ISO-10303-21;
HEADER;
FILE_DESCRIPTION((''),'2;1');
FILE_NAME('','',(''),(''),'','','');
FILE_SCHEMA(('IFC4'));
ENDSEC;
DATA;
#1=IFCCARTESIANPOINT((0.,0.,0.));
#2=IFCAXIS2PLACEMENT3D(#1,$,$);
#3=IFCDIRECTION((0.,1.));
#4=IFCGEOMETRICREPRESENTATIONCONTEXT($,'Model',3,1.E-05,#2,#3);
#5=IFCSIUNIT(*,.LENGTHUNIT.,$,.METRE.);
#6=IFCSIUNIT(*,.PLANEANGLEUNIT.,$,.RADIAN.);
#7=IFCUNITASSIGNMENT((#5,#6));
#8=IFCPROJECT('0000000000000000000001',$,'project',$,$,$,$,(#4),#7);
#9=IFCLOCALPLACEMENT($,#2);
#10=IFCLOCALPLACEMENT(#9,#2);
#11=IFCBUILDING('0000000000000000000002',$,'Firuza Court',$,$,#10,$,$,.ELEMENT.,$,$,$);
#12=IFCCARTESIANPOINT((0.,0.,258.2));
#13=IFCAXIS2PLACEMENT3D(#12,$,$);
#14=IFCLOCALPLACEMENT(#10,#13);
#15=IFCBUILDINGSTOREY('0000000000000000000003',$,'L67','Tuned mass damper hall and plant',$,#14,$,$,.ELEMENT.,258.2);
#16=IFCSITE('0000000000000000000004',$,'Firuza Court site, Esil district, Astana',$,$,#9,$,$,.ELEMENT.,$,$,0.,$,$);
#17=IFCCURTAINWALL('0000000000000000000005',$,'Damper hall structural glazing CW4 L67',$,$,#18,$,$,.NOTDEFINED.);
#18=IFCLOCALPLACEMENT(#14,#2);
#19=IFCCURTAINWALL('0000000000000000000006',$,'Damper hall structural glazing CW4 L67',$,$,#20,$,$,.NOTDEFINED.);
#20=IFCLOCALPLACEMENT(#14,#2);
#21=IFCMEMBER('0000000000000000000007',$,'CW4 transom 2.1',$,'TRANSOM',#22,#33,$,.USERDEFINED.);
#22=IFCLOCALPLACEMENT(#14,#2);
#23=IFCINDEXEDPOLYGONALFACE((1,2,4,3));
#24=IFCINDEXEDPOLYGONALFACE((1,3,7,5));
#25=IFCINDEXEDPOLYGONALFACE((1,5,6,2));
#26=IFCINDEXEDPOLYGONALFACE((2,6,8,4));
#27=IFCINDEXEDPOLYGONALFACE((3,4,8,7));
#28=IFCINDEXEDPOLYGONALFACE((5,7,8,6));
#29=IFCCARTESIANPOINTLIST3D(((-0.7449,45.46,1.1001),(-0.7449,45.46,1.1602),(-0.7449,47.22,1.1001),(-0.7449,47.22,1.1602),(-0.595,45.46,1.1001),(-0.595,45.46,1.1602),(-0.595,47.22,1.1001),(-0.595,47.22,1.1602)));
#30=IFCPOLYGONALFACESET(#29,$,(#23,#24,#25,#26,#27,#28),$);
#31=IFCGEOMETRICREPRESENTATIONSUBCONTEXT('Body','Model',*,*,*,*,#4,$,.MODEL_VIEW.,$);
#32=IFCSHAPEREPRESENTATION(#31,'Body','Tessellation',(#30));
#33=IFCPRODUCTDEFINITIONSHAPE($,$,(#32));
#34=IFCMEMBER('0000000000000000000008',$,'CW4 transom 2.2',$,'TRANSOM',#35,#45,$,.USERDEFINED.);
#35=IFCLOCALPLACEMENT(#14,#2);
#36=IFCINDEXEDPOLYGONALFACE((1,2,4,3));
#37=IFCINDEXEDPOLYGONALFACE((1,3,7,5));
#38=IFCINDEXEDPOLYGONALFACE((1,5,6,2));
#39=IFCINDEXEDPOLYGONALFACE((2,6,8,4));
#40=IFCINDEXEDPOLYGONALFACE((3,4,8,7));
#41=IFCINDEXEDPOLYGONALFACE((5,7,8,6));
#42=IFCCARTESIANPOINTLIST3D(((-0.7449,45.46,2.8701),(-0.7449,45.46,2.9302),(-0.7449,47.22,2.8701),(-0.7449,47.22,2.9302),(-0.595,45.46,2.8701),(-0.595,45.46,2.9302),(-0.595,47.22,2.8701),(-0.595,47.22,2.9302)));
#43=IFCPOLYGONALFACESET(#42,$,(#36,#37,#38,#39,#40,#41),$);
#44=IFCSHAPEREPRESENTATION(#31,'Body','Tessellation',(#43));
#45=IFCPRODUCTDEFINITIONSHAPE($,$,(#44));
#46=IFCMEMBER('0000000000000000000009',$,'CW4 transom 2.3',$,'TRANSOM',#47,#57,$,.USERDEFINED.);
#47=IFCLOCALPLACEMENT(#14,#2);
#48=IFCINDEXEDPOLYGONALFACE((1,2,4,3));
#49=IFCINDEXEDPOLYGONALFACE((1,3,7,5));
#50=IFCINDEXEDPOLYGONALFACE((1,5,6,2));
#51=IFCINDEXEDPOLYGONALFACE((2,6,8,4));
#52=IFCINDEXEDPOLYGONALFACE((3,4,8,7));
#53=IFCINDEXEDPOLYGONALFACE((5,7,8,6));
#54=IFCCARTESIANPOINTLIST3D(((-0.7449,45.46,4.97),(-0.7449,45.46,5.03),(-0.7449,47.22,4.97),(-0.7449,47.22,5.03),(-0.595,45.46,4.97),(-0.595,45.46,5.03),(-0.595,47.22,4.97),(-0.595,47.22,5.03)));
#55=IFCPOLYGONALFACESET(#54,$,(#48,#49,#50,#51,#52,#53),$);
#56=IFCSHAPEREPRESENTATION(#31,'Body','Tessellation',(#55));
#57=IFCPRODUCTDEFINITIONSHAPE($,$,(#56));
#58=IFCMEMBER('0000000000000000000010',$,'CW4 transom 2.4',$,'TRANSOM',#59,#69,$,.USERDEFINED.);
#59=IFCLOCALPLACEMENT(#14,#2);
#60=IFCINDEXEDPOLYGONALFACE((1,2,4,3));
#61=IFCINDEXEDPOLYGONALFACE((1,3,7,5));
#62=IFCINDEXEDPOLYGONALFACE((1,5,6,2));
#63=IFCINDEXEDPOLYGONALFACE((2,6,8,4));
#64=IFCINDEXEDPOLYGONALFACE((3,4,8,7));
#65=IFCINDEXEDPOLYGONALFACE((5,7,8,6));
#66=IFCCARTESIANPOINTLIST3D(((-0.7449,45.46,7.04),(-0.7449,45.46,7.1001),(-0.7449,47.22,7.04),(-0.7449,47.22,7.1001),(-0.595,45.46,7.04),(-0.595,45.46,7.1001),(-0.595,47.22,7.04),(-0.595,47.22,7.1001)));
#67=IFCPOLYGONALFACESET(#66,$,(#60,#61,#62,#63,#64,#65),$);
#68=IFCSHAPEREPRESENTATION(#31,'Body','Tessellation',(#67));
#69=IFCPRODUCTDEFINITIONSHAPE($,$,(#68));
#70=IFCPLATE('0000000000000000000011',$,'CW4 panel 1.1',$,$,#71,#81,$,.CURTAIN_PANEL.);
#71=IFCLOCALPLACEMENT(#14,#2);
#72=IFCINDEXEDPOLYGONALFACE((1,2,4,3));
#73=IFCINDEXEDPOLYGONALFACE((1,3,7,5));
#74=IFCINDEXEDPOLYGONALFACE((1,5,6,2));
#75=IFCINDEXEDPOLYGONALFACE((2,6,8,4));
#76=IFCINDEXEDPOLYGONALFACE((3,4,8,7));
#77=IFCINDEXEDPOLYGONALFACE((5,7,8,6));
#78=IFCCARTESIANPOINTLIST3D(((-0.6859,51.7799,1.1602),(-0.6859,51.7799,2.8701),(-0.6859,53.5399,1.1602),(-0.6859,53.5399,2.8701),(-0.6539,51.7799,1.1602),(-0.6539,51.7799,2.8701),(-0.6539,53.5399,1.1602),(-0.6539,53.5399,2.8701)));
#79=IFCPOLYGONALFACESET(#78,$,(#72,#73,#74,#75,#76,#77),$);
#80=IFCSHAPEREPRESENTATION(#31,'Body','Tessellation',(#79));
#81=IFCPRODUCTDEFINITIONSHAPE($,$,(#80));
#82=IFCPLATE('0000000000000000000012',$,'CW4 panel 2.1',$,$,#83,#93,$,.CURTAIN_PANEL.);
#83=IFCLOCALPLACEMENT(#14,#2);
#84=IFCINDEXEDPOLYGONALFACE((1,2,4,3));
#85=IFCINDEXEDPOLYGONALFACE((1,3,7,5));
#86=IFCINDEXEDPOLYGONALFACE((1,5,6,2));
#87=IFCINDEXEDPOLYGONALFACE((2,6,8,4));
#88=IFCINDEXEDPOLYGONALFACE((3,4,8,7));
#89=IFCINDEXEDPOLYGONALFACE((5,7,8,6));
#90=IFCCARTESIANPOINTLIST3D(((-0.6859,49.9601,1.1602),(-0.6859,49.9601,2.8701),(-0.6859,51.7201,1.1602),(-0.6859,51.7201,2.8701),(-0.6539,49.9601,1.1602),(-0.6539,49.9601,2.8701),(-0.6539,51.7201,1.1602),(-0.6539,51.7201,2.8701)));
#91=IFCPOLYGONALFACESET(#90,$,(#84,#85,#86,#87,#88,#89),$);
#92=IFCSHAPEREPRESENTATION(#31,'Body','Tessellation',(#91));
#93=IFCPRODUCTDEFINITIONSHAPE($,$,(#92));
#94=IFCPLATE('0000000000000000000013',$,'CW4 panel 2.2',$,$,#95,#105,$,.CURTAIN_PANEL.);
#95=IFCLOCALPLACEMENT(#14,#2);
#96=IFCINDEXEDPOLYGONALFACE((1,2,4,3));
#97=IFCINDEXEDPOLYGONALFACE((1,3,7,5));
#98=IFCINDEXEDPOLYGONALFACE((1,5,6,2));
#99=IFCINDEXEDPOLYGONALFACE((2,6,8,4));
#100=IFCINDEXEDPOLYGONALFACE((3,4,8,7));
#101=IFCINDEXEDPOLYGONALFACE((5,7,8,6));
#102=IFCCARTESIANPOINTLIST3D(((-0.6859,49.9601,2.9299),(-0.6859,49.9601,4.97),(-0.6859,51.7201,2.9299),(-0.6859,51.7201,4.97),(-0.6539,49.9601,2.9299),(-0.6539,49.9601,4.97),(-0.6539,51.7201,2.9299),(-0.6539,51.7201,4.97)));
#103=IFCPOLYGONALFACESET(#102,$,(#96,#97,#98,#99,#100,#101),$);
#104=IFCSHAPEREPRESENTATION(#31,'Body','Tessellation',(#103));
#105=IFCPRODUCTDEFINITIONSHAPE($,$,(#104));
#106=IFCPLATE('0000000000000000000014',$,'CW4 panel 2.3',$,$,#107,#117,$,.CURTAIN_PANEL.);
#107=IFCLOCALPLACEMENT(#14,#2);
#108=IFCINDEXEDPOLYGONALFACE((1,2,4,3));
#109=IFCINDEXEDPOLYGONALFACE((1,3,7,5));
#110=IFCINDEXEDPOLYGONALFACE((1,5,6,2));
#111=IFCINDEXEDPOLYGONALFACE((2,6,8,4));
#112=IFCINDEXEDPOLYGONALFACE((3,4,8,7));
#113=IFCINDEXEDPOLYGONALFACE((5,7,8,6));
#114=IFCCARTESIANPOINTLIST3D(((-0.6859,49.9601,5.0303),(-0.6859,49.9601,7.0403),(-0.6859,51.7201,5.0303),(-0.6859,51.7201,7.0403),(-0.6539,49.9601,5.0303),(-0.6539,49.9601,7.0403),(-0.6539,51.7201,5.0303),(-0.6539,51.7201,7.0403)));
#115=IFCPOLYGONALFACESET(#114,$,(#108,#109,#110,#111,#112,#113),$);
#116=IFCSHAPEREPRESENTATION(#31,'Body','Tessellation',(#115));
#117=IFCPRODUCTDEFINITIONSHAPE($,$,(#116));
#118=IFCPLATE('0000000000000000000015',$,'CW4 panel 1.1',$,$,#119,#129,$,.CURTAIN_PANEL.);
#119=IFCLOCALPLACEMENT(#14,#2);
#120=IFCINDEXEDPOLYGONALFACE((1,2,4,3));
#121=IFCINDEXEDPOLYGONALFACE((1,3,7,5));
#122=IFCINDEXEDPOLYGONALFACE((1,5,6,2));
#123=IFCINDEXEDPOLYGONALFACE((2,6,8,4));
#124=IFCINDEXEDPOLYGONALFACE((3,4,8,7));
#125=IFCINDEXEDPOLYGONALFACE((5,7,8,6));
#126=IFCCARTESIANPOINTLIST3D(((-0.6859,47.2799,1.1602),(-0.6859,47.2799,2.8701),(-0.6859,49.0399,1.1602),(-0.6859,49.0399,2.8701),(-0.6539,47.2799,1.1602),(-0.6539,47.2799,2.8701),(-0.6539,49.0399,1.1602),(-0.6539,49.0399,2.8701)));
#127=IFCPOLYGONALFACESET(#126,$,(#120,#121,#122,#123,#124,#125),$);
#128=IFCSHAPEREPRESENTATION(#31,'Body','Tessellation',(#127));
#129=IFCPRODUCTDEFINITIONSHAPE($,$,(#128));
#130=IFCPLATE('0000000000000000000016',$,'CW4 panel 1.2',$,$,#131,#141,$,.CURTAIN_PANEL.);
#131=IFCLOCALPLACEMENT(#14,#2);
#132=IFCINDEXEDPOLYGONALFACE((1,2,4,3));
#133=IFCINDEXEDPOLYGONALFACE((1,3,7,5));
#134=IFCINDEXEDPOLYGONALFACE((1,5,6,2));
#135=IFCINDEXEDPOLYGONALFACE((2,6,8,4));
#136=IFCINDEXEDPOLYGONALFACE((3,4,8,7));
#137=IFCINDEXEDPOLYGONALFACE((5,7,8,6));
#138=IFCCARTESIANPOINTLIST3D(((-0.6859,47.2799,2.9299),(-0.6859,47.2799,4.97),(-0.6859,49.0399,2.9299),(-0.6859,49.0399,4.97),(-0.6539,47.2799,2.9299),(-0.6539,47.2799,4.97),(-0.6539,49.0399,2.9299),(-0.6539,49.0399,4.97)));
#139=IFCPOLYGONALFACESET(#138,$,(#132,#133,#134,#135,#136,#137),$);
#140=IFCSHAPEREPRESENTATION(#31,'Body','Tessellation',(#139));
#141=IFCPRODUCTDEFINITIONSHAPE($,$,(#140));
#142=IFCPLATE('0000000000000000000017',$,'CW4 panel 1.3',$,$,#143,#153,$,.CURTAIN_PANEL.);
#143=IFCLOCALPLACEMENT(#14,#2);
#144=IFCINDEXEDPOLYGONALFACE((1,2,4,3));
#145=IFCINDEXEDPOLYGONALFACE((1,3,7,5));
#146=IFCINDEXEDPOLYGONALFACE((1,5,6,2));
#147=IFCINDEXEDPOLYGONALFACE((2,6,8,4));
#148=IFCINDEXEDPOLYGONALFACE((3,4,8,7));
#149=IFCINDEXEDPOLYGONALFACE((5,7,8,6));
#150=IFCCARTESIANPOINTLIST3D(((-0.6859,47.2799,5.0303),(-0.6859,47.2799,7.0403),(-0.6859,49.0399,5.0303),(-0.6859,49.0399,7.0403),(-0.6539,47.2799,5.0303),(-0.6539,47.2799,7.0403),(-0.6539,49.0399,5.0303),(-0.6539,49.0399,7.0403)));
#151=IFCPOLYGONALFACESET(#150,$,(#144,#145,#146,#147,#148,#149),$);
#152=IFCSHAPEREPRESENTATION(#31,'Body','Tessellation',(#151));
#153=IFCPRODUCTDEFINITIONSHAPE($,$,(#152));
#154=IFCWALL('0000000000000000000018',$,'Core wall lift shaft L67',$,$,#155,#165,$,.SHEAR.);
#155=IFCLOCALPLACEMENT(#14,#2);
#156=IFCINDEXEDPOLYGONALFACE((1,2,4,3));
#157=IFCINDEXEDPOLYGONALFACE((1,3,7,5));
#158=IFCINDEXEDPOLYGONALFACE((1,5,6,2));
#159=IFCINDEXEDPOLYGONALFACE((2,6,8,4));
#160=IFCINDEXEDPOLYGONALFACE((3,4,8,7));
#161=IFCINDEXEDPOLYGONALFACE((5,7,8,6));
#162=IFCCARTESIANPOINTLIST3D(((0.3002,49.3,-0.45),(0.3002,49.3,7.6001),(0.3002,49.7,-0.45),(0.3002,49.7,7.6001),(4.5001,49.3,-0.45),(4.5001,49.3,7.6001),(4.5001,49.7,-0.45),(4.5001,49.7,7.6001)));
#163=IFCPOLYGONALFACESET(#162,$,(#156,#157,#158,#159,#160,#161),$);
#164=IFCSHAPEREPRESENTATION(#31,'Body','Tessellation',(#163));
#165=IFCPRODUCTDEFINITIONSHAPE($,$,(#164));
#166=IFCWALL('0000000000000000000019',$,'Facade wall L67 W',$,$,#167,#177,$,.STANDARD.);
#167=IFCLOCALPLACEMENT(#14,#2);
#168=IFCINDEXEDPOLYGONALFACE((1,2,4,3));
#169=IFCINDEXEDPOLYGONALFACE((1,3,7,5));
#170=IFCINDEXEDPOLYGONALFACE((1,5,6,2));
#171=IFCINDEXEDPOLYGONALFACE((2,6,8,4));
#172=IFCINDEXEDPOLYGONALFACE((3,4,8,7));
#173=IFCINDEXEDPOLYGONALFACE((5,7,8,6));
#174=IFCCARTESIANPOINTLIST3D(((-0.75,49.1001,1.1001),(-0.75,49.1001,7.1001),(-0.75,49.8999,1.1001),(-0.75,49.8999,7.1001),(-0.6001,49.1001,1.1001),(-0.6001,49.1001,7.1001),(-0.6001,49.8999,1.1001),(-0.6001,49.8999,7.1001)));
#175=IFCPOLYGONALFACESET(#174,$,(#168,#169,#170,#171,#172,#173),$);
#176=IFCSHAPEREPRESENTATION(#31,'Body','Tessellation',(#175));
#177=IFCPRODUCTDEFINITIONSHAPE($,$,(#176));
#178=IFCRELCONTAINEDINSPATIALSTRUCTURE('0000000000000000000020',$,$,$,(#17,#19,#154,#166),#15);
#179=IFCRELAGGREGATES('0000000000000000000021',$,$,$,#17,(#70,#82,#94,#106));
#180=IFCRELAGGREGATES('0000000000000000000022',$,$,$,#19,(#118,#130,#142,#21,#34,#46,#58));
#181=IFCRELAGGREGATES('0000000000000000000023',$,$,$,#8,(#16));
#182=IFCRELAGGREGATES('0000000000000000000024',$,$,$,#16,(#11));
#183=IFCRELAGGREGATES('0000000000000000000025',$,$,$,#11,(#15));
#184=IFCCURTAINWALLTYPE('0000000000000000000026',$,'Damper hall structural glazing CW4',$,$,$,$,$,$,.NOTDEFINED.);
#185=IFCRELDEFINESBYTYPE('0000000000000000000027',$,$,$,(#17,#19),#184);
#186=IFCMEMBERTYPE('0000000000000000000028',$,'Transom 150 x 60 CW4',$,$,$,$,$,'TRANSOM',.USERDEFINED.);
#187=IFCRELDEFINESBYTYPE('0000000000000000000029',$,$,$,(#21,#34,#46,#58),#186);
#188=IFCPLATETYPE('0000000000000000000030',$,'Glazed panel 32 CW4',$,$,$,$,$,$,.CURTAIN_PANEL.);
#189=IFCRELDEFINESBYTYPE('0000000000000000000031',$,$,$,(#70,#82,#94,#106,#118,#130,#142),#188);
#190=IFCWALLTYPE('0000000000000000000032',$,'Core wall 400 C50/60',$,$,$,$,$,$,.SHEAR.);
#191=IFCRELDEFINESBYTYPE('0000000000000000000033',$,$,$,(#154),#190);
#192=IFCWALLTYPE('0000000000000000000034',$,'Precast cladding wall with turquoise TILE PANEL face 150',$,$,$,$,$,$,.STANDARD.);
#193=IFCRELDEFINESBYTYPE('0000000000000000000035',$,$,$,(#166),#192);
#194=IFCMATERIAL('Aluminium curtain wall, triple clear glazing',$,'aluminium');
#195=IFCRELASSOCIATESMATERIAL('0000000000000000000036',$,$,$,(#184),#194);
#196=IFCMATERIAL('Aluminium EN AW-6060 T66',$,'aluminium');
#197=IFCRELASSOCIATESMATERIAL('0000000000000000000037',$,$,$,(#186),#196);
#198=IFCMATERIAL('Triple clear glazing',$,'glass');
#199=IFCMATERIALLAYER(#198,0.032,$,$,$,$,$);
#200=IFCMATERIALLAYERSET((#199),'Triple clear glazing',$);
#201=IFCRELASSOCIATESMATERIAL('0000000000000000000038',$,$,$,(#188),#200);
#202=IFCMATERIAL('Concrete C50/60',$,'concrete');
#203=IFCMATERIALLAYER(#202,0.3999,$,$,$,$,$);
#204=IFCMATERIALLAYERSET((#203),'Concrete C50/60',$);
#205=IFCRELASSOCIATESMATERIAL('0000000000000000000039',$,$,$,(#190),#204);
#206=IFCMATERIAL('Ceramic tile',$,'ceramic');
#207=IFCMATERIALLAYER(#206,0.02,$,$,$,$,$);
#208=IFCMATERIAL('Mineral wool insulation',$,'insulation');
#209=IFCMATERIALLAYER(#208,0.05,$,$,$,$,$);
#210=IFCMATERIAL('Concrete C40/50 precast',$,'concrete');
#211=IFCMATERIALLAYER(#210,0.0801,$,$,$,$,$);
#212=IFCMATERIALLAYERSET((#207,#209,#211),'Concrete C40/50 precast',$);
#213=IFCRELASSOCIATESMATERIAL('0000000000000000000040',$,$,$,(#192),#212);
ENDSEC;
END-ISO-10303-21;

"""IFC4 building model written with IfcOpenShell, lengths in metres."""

from ifc_helpers import new_model, si_unit, direction, frame, frame_2d, origin, origin_2d, place, context, subcontext, project, spatial, rectangle, extrude, material, layer, layer_set, material_profile, profile_set, type_object, element, aggregate, save


model = new_model("IFC4")

# Units and contexts
model_context = context("Model", 3, precision=1e-05, world=origin(), true_north=direction((0.0, 1.0)))
body_context = subcontext(model_context, "Body", "Model", "MODEL_VIEW")
ifc_project = project(units=[si_unit("LENGTHUNIT", "METRE"), si_unit("PLANEANGLEUNIT", "RADIAN")], contexts=[model_context])

# Site, building, storey
site_placement = place(None, origin())
site = spatial("IfcSite", under=ifc_project, at=site_placement, Name="Firuza Court site, Esil district, Astana", CompositionType="ELEMENT", RefElevation=0.0)
building_placement = place(site_placement, origin())
building = spatial("IfcBuilding", under=site, at=building_placement, Name="Firuza Court", CompositionType="ELEMENT")
storey_placement = place(building_placement, frame((0.0, 0.0, 258.2)))
storey = spatial("IfcBuildingStorey", under=building, at=storey_placement, Name="L67", Description="Tuned mass damper hall and plant", CompositionType="ELEMENT", Elevation=258.2)

# Curtain walls
ifc_material_1 = material(Name="Aluminium curtain wall, triple clear glazing", Category="aluminium")
curtain_wall_type = type_object("IfcCurtainWallType", Name="Damper hall structural glazing CW4", PredefinedType="NOTDEFINED", material=ifc_material_1)
curtain_wall_1_placement = place(storey_placement, origin())
curtain_wall_1 = element("IfcCurtainWall", 1, at=curtain_wall_1_placement, inside=storey, type_object=curtain_wall_type, Name="Damper hall structural glazing CW4 L67", PredefinedType="NOTDEFINED")
curtain_wall_2_placement = place(storey_placement, origin())
curtain_wall_2 = element("IfcCurtainWall", 2, at=curtain_wall_2_placement, inside=storey, type_object=curtain_wall_type, Name="Damper hall structural glazing CW4 L67", PredefinedType="NOTDEFINED")

# Members
ifc_material_2 = material(Name="Aluminium EN AW-6060 T66", Category="aluminium")
ifc_material_profile_1 = material_profile(ifc_material_2, rectangle(XDim=0.1499, YDim=0.0601, at=origin_2d()), Name="Transom 150 x 60 CW4")
ifc_profile_set_1 = profile_set([ifc_material_profile_1], Name="Aluminium EN AW-6060 T66")
member_type_1 = type_object("IfcMemberType", Name="Transom 150 x 60 CW4", ElementType="TRANSOM", PredefinedType="USERDEFINED", material=ifc_profile_set_1)
member_1_placement = place(storey_placement, frame((-0.6699, 47.22, 1.1301), z_axis=(0.0, -1.0, 0.0), x_axis=(1.0, 0.0, 0.0)))
member_1 = element("IfcMember", 3, at=member_1_placement, type_object=member_type_1, Name="CW4 transom 2.1", ObjectType="TRANSOM", PredefinedType="USERDEFINED", context=body_context, shape_type="SweptSolid", body=[
    extrude(rectangle(XDim=0.1499, YDim=0.0601, at=origin_2d()), origin(), (0.0, 0.0, 1.0), 1.76),
])
member_2_placement = place(storey_placement, frame((-0.6699, 47.22, 2.9001), z_axis=(0.0, -1.0, 0.0), x_axis=(1.0, 0.0, 0.0)))
member_2 = element("IfcMember", 4, at=member_2_placement, type_object=member_type_1, Name="CW4 transom 2.2", ObjectType="TRANSOM", PredefinedType="USERDEFINED", context=body_context, shape_type="SweptSolid", body=[
    extrude(rectangle(XDim=0.1499, YDim=0.0601, at=origin_2d()), origin(), (0.0, 0.0, 1.0), 1.76),
])
member_3_placement = place(storey_placement, frame((-0.6699, 47.22, 5.0), z_axis=(0.0, -1.0, 0.0), x_axis=(1.0, 0.0, 0.0)))
member_3 = element("IfcMember", 5, at=member_3_placement, type_object=member_type_1, Name="CW4 transom 2.3", ObjectType="TRANSOM", PredefinedType="USERDEFINED", context=body_context, shape_type="SweptSolid", body=[
    extrude(rectangle(XDim=0.1499, YDim=0.0601, at=origin_2d()), origin(), (0.0, 0.0, 1.0), 1.76),
])
member_4_placement = place(storey_placement, frame((-0.6699, 47.22, 7.0701), z_axis=(0.0, -1.0, 0.0), x_axis=(1.0, 0.0, 0.0)))
member_4 = element("IfcMember", 6, at=member_4_placement, type_object=member_type_1, Name="CW4 transom 2.4", ObjectType="TRANSOM", PredefinedType="USERDEFINED", context=body_context, shape_type="SweptSolid", body=[
    extrude(rectangle(XDim=0.1499, YDim=0.0601, at=origin_2d()), origin(), (0.0, 0.0, 1.0), 1.76),
])

# Plates
ifc_material_3 = material(Name="Triple clear glazing", Category="glass")
ifc_layer_1 = layer(ifc_material_3, 0.032)
ifc_layer_set_1 = layer_set([ifc_layer_1], Name="Triple clear glazing")
plate_type = type_object("IfcPlateType", Name="Glazed panel 32 CW4", PredefinedType="CURTAIN_PANEL", material=ifc_layer_set_1)
plate_1_placement = place(storey_placement, frame((-0.6699, 52.6599, 1.1602), z_axis=(0.0, 0.0, 1.0), x_axis=(0.0, -1.0, 0.0)))
plate_1 = element("IfcPlate", 7, at=plate_1_placement, type_object=plate_type, Name="CW4 panel 1.1", PredefinedType="CURTAIN_PANEL", context=body_context, shape_type="SweptSolid", body=[
    extrude(rectangle(XDim=1.76, YDim=0.032, at=origin_2d()), origin(), (0.0, 0.0, 1.0), 1.71),
])
plate_2_placement = place(storey_placement, frame((-0.6699, 50.8401, 1.1602), z_axis=(0.0, 0.0, 1.0), x_axis=(0.0, -1.0, 0.0)))
plate_2 = element("IfcPlate", 8, at=plate_2_placement, type_object=plate_type, Name="CW4 panel 2.1", PredefinedType="CURTAIN_PANEL", context=body_context, shape_type="SweptSolid", body=[
    extrude(rectangle(XDim=1.76, YDim=0.032, at=origin_2d()), origin(), (0.0, 0.0, 1.0), 1.71),
])
plate_3_placement = place(storey_placement, frame((-0.6699, 50.8401, 2.9299), z_axis=(0.0, 0.0, 1.0), x_axis=(0.0, -1.0, 0.0)))
plate_3 = element("IfcPlate", 9, at=plate_3_placement, type_object=plate_type, Name="CW4 panel 2.2", PredefinedType="CURTAIN_PANEL", context=body_context, shape_type="SweptSolid", body=[
    extrude(rectangle(XDim=1.76, YDim=0.032, at=origin_2d()), origin(), (0.0, 0.0, 1.0), 2.04),
])
plate_4_placement = place(storey_placement, frame((-0.6699, 50.8401, 5.0303), z_axis=(0.0, 0.0, 1.0), x_axis=(0.0, -1.0, 0.0)))
plate_4 = element("IfcPlate", 10, at=plate_4_placement, type_object=plate_type, Name="CW4 panel 2.3", PredefinedType="CURTAIN_PANEL", context=body_context, shape_type="SweptSolid", body=[
    extrude(rectangle(XDim=1.76, YDim=0.032, at=origin_2d()), origin(), (0.0, 0.0, 1.0), 2.01),
])
aggregate(curtain_wall_1, [plate_1, plate_2, plate_3, plate_4])
plate_5_placement = place(storey_placement, frame((-0.6699, 48.1599, 1.1602), z_axis=(0.0, 0.0, 1.0), x_axis=(0.0, -1.0, 0.0)))
plate_5 = element("IfcPlate", 11, at=plate_5_placement, type_object=plate_type, Name="CW4 panel 1.1", PredefinedType="CURTAIN_PANEL", context=body_context, shape_type="SweptSolid", body=[
    extrude(rectangle(XDim=1.76, YDim=0.032, at=origin_2d()), origin(), (0.0, 0.0, 1.0), 1.71),
])
plate_6_placement = place(storey_placement, frame((-0.6699, 48.1599, 2.9299), z_axis=(0.0, 0.0, 1.0), x_axis=(0.0, -1.0, 0.0)))
plate_6 = element("IfcPlate", 12, at=plate_6_placement, type_object=plate_type, Name="CW4 panel 1.2", PredefinedType="CURTAIN_PANEL", context=body_context, shape_type="SweptSolid", body=[
    extrude(rectangle(XDim=1.76, YDim=0.032, at=origin_2d()), origin(), (0.0, 0.0, 1.0), 2.04),
])
plate_7_placement = place(storey_placement, frame((-0.6699, 48.1599, 5.0303), z_axis=(0.0, 0.0, 1.0), x_axis=(0.0, -1.0, 0.0)))
plate_7 = element("IfcPlate", 13, at=plate_7_placement, type_object=plate_type, Name="CW4 panel 1.3", PredefinedType="CURTAIN_PANEL", context=body_context, shape_type="SweptSolid", body=[
    extrude(rectangle(XDim=1.76, YDim=0.032, at=origin_2d()), origin(), (0.0, 0.0, 1.0), 2.01),
])
aggregate(curtain_wall_2, [plate_5, plate_6, plate_7, member_1, member_2, member_3, member_4])

# Walls
ifc_material_4 = material(Name="Concrete C50/60", Category="concrete")
ifc_layer_2 = layer(ifc_material_4, 0.3999)
ifc_layer_set_2 = layer_set([ifc_layer_2], Name="Concrete C50/60")
wall_type_1 = type_object("IfcWallType", Name="Core wall 400 C50/60", PredefinedType="SHEAR", material=ifc_layer_set_2)
wall_1_placement = place(storey_placement, frame((0.3, 49.5, -0.45), z_axis=(0.0, 0.0, 1.0), x_axis=(1.0, 0.0, 0.0)))
element("IfcWall", 14, at=wall_1_placement, inside=storey, type_object=wall_type_1, Name="Core wall lift shaft L67", PredefinedType="SHEAR", context=body_context, shape_type="SweptSolid", body=[
    extrude(rectangle(XDim=4.2, YDim=0.3999, at=frame_2d((2.1001, 0.0))), origin(), (0.0, 0.0, 1.0), 8.05),
])
ifc_material_5 = material(Name="Ceramic tile", Category="ceramic")
ifc_layer_3 = layer(ifc_material_5, 0.02)
ifc_material_6 = material(Name="Mineral wool insulation", Category="insulation")
ifc_layer_4 = layer(ifc_material_6, 0.05)
ifc_material_7 = material(Name="Concrete C40/50 precast", Category="concrete")
ifc_layer_5 = layer(ifc_material_7, 0.0801)
ifc_layer_set_3 = layer_set([ifc_layer_3, ifc_layer_4, ifc_layer_5], Name="Concrete C40/50 precast")
wall_type_2 = type_object("IfcWallType", Name="Precast cladding wall with turquoise TILE PANEL face 150", PredefinedType="STANDARD", material=ifc_layer_set_3)
wall_2_placement = place(storey_placement, frame((-0.675, 49.8999, 1.1001), z_axis=(0.0, 0.0, 1.0), x_axis=(0.0, -1.0, 0.0)))
element("IfcWall", 15, at=wall_2_placement, inside=storey, type_object=wall_type_2, Name="Facade wall L67 W", PredefinedType="STANDARD", context=body_context, shape_type="SweptSolid", body=[
    extrude(rectangle(XDim=0.7998, YDim=0.1499, at=frame_2d((0.3999, 0.0))), origin(), (0.0, 0.0, 1.0), 6.0),
])

save(model, "model.ifc")
